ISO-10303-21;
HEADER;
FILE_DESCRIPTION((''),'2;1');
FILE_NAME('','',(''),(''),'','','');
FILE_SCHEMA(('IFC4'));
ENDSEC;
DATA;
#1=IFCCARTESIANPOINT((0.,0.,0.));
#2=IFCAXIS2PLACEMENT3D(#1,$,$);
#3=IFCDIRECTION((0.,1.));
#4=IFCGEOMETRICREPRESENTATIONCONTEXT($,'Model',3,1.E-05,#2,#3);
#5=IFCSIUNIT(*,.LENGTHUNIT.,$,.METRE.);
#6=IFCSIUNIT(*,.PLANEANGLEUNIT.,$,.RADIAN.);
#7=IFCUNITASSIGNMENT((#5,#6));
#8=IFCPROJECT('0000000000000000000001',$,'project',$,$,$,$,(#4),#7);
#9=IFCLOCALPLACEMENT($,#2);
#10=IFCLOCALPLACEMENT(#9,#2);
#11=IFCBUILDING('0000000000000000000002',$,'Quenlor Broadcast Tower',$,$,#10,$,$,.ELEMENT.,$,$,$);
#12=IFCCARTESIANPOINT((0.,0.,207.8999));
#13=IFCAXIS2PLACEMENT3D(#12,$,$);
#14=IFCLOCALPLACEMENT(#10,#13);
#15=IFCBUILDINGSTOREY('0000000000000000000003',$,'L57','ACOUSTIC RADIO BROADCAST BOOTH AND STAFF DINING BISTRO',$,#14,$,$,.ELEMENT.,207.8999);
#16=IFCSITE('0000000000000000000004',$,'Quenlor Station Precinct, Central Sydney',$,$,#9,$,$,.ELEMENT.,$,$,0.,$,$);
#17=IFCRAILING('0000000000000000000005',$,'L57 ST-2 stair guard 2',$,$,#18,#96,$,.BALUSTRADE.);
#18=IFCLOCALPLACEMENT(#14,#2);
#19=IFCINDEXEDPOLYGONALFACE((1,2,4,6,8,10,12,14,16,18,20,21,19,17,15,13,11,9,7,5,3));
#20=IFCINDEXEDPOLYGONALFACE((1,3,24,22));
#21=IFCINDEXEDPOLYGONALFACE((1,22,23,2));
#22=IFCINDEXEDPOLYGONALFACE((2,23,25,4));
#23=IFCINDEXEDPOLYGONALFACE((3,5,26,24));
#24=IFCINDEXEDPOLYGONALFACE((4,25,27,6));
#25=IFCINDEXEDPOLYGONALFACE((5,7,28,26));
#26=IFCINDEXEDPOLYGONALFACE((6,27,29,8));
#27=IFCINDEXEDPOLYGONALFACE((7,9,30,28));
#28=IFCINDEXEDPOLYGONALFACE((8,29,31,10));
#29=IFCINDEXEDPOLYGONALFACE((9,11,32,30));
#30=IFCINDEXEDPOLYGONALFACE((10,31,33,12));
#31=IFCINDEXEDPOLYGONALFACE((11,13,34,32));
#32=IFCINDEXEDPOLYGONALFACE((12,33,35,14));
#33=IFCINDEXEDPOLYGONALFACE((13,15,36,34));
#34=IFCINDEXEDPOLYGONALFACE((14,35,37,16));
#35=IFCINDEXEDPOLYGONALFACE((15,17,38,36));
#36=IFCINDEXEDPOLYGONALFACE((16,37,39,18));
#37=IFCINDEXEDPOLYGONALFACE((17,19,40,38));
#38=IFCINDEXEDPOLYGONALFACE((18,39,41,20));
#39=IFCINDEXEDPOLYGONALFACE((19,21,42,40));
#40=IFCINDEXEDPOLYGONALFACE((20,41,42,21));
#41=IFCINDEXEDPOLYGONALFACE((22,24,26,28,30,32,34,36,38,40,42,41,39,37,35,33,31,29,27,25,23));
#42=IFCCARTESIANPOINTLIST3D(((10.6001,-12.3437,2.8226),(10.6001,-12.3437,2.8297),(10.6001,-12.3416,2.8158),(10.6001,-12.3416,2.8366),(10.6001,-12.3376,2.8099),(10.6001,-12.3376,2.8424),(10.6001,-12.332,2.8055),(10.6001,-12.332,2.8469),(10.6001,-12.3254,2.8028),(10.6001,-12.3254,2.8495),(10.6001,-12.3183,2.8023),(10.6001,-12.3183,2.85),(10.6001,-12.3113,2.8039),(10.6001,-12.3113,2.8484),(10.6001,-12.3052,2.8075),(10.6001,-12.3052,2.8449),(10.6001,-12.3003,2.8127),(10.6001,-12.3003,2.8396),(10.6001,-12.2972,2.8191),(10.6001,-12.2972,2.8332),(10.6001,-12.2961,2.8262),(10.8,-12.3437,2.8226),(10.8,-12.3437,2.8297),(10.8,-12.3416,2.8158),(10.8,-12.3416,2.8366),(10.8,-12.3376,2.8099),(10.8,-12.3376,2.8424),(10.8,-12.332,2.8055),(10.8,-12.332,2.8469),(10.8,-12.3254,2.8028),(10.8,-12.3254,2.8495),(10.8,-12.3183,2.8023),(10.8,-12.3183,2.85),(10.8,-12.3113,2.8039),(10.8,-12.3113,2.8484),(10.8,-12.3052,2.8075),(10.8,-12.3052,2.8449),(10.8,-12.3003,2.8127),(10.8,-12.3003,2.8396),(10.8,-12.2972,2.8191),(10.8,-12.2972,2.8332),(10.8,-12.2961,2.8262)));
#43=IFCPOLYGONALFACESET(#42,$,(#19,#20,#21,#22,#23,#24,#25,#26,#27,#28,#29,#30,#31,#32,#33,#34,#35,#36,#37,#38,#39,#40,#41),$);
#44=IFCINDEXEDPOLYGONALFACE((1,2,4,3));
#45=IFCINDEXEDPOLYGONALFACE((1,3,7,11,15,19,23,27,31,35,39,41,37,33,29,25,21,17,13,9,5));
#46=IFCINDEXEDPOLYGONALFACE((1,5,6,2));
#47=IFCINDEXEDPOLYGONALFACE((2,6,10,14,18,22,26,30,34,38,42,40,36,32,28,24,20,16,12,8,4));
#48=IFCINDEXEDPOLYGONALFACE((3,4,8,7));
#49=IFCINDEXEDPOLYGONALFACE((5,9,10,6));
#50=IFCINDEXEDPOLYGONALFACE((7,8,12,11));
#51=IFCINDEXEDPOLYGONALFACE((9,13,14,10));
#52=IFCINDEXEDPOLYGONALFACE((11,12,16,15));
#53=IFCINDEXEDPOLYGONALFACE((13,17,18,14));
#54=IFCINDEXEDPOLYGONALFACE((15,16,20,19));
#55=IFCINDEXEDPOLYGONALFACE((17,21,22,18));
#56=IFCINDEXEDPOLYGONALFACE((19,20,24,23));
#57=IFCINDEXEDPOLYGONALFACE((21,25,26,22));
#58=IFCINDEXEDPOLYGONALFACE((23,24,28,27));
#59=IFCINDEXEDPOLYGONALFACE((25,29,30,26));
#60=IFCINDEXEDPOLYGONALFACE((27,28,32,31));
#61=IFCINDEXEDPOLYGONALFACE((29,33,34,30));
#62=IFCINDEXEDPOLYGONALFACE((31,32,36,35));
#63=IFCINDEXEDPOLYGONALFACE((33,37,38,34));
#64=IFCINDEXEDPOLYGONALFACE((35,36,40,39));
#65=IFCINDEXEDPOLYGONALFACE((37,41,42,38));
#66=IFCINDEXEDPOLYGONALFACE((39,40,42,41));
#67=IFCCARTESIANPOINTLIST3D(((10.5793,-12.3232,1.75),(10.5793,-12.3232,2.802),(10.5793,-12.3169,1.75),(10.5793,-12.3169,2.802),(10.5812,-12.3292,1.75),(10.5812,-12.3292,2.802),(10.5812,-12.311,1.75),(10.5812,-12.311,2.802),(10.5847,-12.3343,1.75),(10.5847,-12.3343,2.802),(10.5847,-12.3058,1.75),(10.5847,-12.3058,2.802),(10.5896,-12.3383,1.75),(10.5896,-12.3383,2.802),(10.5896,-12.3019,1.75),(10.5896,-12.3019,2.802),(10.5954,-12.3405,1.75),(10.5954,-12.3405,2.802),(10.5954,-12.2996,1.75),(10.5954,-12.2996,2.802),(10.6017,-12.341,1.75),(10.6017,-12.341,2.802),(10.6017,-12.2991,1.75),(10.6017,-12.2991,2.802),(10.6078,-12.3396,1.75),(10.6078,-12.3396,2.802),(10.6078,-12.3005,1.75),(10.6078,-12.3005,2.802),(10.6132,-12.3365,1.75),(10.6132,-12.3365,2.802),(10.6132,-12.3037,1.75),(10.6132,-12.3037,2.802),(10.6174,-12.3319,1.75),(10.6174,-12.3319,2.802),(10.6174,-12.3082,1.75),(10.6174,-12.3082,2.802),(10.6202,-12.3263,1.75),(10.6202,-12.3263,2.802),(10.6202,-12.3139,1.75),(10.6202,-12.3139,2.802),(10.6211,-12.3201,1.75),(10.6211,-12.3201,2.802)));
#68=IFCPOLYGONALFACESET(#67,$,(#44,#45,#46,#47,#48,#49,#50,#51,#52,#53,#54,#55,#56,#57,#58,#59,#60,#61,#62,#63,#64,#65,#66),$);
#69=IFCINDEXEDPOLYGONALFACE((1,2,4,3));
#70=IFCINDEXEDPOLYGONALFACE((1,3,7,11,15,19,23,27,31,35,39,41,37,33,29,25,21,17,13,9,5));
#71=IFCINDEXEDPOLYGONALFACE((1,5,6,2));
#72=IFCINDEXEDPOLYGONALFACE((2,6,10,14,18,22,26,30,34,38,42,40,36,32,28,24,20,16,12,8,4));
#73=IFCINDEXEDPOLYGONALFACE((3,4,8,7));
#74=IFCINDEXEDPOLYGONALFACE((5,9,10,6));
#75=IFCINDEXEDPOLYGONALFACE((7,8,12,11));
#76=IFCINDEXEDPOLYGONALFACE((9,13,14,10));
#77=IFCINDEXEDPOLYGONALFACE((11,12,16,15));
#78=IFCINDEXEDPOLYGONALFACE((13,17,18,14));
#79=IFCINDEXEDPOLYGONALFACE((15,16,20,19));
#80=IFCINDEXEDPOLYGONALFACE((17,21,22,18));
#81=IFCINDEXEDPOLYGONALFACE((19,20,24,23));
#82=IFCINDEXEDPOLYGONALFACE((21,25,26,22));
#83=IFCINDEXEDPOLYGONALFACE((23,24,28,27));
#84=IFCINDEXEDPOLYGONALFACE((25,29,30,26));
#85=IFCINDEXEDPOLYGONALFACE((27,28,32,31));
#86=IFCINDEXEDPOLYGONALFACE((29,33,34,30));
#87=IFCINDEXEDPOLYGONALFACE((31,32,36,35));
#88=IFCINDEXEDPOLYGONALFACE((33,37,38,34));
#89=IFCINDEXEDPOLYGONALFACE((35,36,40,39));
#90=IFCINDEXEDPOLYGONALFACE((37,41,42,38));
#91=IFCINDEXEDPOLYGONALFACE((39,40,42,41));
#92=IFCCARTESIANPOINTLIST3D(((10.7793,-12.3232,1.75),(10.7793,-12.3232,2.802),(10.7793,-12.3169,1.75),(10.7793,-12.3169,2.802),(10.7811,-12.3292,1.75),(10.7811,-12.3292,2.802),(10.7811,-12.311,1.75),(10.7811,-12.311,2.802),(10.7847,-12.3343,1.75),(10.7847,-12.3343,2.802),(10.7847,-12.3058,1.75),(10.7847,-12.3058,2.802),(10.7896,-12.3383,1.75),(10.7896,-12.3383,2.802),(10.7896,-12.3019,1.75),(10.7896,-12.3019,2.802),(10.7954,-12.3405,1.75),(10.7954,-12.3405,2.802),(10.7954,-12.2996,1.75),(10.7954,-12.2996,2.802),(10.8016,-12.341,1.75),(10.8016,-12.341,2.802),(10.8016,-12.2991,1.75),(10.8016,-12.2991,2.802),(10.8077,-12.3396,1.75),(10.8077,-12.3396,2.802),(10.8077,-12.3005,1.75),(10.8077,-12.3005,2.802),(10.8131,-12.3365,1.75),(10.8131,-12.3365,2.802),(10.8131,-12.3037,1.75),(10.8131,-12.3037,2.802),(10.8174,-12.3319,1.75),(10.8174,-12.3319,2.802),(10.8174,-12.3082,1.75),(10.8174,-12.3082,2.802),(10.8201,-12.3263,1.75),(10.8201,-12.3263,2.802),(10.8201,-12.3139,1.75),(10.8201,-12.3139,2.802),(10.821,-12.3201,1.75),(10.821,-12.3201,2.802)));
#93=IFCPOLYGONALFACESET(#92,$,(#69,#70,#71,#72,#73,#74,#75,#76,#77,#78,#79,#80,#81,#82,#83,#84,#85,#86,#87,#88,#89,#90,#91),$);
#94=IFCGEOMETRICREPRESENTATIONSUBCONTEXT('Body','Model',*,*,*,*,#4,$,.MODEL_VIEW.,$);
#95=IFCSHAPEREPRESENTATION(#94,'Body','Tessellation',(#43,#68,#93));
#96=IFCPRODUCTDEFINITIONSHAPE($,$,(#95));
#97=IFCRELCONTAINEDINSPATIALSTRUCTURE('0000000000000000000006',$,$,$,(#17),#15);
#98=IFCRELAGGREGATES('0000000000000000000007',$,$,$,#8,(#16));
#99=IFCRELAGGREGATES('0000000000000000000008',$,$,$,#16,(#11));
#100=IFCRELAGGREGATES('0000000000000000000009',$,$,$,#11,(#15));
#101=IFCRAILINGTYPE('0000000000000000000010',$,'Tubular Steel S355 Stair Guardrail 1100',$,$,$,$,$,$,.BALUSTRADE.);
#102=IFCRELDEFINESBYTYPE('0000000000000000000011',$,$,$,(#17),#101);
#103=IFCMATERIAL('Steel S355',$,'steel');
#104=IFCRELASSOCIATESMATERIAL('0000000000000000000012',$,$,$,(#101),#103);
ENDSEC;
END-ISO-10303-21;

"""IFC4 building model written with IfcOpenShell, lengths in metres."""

from ifc_helpers import new_model, si_unit, direction, frame, origin, origin_2d, place, context, subcontext, project, spatial, circle, extrude, material, type_object, element, save


model = new_model("IFC4")

# Units and contexts
model_context = context("Model", 3, precision=1e-05, world=origin(), true_north=direction((0.0, 1.0)))
body_context = subcontext(model_context, "Body", "Model", "MODEL_VIEW")
ifc_project = project(units=[si_unit("LENGTHUNIT", "METRE"), si_unit("PLANEANGLEUNIT", "RADIAN")], contexts=[model_context])

# Site, building, storey
site_placement = place(None, origin())
site = spatial("IfcSite", under=ifc_project, at=site_placement, Name="Quenlor Station Precinct, Central Sydney", CompositionType="ELEMENT", RefElevation=0.0)
building_placement = place(site_placement, origin())
building = spatial("IfcBuilding", under=site, at=building_placement, Name="Quenlor Broadcast Tower", CompositionType="ELEMENT")
storey_placement = place(building_placement, frame((0.0, 0.0, 207.8999)))
storey = spatial("IfcBuildingStorey", under=building, at=storey_placement, Name="L57", Description="ACOUSTIC RADIO BROADCAST BOOTH AND STAFF DINING BISTRO", CompositionType="ELEMENT", Elevation=207.8999)

# Railing
ifc_material_1 = material(Name="Steel S355", Category="steel")
railing_type_1 = type_object("IfcRailingType", Name="Tubular Steel S355 Stair Guardrail 1100", PredefinedType="BALUSTRADE", material=ifc_material_1)
railing_1_placement = place(storey_placement, frame((10.6001, -12.3201, 1.75)))
element("IfcRailing", 1, at=railing_1_placement, inside=storey, type_object=railing_type_1, Name="L57 ST-2 stair guard 2", PredefinedType="BALUSTRADE", context=body_context, shape_type="SweptSolid", body=[
    extrude(circle(Radius=0.0239, at=origin_2d()), frame((0.0, 0.0, 1.0762), z_axis=(1.0, 0.0, 0.0), x_axis=(0.0, 1.0, 0.0)), (0.0, 0.0, 1.0), 0.2),
    extrude(circle(Radius=0.021, at=origin_2d()), origin(), (0.0, 0.0, 1.0), 1.052),
    extrude(circle(Radius=0.021, at=origin_2d()), frame((0.2, 0.0, 0.0)), (0.0, 0.0, 1.0), 1.052),
])

save(model, "model.ifc")
